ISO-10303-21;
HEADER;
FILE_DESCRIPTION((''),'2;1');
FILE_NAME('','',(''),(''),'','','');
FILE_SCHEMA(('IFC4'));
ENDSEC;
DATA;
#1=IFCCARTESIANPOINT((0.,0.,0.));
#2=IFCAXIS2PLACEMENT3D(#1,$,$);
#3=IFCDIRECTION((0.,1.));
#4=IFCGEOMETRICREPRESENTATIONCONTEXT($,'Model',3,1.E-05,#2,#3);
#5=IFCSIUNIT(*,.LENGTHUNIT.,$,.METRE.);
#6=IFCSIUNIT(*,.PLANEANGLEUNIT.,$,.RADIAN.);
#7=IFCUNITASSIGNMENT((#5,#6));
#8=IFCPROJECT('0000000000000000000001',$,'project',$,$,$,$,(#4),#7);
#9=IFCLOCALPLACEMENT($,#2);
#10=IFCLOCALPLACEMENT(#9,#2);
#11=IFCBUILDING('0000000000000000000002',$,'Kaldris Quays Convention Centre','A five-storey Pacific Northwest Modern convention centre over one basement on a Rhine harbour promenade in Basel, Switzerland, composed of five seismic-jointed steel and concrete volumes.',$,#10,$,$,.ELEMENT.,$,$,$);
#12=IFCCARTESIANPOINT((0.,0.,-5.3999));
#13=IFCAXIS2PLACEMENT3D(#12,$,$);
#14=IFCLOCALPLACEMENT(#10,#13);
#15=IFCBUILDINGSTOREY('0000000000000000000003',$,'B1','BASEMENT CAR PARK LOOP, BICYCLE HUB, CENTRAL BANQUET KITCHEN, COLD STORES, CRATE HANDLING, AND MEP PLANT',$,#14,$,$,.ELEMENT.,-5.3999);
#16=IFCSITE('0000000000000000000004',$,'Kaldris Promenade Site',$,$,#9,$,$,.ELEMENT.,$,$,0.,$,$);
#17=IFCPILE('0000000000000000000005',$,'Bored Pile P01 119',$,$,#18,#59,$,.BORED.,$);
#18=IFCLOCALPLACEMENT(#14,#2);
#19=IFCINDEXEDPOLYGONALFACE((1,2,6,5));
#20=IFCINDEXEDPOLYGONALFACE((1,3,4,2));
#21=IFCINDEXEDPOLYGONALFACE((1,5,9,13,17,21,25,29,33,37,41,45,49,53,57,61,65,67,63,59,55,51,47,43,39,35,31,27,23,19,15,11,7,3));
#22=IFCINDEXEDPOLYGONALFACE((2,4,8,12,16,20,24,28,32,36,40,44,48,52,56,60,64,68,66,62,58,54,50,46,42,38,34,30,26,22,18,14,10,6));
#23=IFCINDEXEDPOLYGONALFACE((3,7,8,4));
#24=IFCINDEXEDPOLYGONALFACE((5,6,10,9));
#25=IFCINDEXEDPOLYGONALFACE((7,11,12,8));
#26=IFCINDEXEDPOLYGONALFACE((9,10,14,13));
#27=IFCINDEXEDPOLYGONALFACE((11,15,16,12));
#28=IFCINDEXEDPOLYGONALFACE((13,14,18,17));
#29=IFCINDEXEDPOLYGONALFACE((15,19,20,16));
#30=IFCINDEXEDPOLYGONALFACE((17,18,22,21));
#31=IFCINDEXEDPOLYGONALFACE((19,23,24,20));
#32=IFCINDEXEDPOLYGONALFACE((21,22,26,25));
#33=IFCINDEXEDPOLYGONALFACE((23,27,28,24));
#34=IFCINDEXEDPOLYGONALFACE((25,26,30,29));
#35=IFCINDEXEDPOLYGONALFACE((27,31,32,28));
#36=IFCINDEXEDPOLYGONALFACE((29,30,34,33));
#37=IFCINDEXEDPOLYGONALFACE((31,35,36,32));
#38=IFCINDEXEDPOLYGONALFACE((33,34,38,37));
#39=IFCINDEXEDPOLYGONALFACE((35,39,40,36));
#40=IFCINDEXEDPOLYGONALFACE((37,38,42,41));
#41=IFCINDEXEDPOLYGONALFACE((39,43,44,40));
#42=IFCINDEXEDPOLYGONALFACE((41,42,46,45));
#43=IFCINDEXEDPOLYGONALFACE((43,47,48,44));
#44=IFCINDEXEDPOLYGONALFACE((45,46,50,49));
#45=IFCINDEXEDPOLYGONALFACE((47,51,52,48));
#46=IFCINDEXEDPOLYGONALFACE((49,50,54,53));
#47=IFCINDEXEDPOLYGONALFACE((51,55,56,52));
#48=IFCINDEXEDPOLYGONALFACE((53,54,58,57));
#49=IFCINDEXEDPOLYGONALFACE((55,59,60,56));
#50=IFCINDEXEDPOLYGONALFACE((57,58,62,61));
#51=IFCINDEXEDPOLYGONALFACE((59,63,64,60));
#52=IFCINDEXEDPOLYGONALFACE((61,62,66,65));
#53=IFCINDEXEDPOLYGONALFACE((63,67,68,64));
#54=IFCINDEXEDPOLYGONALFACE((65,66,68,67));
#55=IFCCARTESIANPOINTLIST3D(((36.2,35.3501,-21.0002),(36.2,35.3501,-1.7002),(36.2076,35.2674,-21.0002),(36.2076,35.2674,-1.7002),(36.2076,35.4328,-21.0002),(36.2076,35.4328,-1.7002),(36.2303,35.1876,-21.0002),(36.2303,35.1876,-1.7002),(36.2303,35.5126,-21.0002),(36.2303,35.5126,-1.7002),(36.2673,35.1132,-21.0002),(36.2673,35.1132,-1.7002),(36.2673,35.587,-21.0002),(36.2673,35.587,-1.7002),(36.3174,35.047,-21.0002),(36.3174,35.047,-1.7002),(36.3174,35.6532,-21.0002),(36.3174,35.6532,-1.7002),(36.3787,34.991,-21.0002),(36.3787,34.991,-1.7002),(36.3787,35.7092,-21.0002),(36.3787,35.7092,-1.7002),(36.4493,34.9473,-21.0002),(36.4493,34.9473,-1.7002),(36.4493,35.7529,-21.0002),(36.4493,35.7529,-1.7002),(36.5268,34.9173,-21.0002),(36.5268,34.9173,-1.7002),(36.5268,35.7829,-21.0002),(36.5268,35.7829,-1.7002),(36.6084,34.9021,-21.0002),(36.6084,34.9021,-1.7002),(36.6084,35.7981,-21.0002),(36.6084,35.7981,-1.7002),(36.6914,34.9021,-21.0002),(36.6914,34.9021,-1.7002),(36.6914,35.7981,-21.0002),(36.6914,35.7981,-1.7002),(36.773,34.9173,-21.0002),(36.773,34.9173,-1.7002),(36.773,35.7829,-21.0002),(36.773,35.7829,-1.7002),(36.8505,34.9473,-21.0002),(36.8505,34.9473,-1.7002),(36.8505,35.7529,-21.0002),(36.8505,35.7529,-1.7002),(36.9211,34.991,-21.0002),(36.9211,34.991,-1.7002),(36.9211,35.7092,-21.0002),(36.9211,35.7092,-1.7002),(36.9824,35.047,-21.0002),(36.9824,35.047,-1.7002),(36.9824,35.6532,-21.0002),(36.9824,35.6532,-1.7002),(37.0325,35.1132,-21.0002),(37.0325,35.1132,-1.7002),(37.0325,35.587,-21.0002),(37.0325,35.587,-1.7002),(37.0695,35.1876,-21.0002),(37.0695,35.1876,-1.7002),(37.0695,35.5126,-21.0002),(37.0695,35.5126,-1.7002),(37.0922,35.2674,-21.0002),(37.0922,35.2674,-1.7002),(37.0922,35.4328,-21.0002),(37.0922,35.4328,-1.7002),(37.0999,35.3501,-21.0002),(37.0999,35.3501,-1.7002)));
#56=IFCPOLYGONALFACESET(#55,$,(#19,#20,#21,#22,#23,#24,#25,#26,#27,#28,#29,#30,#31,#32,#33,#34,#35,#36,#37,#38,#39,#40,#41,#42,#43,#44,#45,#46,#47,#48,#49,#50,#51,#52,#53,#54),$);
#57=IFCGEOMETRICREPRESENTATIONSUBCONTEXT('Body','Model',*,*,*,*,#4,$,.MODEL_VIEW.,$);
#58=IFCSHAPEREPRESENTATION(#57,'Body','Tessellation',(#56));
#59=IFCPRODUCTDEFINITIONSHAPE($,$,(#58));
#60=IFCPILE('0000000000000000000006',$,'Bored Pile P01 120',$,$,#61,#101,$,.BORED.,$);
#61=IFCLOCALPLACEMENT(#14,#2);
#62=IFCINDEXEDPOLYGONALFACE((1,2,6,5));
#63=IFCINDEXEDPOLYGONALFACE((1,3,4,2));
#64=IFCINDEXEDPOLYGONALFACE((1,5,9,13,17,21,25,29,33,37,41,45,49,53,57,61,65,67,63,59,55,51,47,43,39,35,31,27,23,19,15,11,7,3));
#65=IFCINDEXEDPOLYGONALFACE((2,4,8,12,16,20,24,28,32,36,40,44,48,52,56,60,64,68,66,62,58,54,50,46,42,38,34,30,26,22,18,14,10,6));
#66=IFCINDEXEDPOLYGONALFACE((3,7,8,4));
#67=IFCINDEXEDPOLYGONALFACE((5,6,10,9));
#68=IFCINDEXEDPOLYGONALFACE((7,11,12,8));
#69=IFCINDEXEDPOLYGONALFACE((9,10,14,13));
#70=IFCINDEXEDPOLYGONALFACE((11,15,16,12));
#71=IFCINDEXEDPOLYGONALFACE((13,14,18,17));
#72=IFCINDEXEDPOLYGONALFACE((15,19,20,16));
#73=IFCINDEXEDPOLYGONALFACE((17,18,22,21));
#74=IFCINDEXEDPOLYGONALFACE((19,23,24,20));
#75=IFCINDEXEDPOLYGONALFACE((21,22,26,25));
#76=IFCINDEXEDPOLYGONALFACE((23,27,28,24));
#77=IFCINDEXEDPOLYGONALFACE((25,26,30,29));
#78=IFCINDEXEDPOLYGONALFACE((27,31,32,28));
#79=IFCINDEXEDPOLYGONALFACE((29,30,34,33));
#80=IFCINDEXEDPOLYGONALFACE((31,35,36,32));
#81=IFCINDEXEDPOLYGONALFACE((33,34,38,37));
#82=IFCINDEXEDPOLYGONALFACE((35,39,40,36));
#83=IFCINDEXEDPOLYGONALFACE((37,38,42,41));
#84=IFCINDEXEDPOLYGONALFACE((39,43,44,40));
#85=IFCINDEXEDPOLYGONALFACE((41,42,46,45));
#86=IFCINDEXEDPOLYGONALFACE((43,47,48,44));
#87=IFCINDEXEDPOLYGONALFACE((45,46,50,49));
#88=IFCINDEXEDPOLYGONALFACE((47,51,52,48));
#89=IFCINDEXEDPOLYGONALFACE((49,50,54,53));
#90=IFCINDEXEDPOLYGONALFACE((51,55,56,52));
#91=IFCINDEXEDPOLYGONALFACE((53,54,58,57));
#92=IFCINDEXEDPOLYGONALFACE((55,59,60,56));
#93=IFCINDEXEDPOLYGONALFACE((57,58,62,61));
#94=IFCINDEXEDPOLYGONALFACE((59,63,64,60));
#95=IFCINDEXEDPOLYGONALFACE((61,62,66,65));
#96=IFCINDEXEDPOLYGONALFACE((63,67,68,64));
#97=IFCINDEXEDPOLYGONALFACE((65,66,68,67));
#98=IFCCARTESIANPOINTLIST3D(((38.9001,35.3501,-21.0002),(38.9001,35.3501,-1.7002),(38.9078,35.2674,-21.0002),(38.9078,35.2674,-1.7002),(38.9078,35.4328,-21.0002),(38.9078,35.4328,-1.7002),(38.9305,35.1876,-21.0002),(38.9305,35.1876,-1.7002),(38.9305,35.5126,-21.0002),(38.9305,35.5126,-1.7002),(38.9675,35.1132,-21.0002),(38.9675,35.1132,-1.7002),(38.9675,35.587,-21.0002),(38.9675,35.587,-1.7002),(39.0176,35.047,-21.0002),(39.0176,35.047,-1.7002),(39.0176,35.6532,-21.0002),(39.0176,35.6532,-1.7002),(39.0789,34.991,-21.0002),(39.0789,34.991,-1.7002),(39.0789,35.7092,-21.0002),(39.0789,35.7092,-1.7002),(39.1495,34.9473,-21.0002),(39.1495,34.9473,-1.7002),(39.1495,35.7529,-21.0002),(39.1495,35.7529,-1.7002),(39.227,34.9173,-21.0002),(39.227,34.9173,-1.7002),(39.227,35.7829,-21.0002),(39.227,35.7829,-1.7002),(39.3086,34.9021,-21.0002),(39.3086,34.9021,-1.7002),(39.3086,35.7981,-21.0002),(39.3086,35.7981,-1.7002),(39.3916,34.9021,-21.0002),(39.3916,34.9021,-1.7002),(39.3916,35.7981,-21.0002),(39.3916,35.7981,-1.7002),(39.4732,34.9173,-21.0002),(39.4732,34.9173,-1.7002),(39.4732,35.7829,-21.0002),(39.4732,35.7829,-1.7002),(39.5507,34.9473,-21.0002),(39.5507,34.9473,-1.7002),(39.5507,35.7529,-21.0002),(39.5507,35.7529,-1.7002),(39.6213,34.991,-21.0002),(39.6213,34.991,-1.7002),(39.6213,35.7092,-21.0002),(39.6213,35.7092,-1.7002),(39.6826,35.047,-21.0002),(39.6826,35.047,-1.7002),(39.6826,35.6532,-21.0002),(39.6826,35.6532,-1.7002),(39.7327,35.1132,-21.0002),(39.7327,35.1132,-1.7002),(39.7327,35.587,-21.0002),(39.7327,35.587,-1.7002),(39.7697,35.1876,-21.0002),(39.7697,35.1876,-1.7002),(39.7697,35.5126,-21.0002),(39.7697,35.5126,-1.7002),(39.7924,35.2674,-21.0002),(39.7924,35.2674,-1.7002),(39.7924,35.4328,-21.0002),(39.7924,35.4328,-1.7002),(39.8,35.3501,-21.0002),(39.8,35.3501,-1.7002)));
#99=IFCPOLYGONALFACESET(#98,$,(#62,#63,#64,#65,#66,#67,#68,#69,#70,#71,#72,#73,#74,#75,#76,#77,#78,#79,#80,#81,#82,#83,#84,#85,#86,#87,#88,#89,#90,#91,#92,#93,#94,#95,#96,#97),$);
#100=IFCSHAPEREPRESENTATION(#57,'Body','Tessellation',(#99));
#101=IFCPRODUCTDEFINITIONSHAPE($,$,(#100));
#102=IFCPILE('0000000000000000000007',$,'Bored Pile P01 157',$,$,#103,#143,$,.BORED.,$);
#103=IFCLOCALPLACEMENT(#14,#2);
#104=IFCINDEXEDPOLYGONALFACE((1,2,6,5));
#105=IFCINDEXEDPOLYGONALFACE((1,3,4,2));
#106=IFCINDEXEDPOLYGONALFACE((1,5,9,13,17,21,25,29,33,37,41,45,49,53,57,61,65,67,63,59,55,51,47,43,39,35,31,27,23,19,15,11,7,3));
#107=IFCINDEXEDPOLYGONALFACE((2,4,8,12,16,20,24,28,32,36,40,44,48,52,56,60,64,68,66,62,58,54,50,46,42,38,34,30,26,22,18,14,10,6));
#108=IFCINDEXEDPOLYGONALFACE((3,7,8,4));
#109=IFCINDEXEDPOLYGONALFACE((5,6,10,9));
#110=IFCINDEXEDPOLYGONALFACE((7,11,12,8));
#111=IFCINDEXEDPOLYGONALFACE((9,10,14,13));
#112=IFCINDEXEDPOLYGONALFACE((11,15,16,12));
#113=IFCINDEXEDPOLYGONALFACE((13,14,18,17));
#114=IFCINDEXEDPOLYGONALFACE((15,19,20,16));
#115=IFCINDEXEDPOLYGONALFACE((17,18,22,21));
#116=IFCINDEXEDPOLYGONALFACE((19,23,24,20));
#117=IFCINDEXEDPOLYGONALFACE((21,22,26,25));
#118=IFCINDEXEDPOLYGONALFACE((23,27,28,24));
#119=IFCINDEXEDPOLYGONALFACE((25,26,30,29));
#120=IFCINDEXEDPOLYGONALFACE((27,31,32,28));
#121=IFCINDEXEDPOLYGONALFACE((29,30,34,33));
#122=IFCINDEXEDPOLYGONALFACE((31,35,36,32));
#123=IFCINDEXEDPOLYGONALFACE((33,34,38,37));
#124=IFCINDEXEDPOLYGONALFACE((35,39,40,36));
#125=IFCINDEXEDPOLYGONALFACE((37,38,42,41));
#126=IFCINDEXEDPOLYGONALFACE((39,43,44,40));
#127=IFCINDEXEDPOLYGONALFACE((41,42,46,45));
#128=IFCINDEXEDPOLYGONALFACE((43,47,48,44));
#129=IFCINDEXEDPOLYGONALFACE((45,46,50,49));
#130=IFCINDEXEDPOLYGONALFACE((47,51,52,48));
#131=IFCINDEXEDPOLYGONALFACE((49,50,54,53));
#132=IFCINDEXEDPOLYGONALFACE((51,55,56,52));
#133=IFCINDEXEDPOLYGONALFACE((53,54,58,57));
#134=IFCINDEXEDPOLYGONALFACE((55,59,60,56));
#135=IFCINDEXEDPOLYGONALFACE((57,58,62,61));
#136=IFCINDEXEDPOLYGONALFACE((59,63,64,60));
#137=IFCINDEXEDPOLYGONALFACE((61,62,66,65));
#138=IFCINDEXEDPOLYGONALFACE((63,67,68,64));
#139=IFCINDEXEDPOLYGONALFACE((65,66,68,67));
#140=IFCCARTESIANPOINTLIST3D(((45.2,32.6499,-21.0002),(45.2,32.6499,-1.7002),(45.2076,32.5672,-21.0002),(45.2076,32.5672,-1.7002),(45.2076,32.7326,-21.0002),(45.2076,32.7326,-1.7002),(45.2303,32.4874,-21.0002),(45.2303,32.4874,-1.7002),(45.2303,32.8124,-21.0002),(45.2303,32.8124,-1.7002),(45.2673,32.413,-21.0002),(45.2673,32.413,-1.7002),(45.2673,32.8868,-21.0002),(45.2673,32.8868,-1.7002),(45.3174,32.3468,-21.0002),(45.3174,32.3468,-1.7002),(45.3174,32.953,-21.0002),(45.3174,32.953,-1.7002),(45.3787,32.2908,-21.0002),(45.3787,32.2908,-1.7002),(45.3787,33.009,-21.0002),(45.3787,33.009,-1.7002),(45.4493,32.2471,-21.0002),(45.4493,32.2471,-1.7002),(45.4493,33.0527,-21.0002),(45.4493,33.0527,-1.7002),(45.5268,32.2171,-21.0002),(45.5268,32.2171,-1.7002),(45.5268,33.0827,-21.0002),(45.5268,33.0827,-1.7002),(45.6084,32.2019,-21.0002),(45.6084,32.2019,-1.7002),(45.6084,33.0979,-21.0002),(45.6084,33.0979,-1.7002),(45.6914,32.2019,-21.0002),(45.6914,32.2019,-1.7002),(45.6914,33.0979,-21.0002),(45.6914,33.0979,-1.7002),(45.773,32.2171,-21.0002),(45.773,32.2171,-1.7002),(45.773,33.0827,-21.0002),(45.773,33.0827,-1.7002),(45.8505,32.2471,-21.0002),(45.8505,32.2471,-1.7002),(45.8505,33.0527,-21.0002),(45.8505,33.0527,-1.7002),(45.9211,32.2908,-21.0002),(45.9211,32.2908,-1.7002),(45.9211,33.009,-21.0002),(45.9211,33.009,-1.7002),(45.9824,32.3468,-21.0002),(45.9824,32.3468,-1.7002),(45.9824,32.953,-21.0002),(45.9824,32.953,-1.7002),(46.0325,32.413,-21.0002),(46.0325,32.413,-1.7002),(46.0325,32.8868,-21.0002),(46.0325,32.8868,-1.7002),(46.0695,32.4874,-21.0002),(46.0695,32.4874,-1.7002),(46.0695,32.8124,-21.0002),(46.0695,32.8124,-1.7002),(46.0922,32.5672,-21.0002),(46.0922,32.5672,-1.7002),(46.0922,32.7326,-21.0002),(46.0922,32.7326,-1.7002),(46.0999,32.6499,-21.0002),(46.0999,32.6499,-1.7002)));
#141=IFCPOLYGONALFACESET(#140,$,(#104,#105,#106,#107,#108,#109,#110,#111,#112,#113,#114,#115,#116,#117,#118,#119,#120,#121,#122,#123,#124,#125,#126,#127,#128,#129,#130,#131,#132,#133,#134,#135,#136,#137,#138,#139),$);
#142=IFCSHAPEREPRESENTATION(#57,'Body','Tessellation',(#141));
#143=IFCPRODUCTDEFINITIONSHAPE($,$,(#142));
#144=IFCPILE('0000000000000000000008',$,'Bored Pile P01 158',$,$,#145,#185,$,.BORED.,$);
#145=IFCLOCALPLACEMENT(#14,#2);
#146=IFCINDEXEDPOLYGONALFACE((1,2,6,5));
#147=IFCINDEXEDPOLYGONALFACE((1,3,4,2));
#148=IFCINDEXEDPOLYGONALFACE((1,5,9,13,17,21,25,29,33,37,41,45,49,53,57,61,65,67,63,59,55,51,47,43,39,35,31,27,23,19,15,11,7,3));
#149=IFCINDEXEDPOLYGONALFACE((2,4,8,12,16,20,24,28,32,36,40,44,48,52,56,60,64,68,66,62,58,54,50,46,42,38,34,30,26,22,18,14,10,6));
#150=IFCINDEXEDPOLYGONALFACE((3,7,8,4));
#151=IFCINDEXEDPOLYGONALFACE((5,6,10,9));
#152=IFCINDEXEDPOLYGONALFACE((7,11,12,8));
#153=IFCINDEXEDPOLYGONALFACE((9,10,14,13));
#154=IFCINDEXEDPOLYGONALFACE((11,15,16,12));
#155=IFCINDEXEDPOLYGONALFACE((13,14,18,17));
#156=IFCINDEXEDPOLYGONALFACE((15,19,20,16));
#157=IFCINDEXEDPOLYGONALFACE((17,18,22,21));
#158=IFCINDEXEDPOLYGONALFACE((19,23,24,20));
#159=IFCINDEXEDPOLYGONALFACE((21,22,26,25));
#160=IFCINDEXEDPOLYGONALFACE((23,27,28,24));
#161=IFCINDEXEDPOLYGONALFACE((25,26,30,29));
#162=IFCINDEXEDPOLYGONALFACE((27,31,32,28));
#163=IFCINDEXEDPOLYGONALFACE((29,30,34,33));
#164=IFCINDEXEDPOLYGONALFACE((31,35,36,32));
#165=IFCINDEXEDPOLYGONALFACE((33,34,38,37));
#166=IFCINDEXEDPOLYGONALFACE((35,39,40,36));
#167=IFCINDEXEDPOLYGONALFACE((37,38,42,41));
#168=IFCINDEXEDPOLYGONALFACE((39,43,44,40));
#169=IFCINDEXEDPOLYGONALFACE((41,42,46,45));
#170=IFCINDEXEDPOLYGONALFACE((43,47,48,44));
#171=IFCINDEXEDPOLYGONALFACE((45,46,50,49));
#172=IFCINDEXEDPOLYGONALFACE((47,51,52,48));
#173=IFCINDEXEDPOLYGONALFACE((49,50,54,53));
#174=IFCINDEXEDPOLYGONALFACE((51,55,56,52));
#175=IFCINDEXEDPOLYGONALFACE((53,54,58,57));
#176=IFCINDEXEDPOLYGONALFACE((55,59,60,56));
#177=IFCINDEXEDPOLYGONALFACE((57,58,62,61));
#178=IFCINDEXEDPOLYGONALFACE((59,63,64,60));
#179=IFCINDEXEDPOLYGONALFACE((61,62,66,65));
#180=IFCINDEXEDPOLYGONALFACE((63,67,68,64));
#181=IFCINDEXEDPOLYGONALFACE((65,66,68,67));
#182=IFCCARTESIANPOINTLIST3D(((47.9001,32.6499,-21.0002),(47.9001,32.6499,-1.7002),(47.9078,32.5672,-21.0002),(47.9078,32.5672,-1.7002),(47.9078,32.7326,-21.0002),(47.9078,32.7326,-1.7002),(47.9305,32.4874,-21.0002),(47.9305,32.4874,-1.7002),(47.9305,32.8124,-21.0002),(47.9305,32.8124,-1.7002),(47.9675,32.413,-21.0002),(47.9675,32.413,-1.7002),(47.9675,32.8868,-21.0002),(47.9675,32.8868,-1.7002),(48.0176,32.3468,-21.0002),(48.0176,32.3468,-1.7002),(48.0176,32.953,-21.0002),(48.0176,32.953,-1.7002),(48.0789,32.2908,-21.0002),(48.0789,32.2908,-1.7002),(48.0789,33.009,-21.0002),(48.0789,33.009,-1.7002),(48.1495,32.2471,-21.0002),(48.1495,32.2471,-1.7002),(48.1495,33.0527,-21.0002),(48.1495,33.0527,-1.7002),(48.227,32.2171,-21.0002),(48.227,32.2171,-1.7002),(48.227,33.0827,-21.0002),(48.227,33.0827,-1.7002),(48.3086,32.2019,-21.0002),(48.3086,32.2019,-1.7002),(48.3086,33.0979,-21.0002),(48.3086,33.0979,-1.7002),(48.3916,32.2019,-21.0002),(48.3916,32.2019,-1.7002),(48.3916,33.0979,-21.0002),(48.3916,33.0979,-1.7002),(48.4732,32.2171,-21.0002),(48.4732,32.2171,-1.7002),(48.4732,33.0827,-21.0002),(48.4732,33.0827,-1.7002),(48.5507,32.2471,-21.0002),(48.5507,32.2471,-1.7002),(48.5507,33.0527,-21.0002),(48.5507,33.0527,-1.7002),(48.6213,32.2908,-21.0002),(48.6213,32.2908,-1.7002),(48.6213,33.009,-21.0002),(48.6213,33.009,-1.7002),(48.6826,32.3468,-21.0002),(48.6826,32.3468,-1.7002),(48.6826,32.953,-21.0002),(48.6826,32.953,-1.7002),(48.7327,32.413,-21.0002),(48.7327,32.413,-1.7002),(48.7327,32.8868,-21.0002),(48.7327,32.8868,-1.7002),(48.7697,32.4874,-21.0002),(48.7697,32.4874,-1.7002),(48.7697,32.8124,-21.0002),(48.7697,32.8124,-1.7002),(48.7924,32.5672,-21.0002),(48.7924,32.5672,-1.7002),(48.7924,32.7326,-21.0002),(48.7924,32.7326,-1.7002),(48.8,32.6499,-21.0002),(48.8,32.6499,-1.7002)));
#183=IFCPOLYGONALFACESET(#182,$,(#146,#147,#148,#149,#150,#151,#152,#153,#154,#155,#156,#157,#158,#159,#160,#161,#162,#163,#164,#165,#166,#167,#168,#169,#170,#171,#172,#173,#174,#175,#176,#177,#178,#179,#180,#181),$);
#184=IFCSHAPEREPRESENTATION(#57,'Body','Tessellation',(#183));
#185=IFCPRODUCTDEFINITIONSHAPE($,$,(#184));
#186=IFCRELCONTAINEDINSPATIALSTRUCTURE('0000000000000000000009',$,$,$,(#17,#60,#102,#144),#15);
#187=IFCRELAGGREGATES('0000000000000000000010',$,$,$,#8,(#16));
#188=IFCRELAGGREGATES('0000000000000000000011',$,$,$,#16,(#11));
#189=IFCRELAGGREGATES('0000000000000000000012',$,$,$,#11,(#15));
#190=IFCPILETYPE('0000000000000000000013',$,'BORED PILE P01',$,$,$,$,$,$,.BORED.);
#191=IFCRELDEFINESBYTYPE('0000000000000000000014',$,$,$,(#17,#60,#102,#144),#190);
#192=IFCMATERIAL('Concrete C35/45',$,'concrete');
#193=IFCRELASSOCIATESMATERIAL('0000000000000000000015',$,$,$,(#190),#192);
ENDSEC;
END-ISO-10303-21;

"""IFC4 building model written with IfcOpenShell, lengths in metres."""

from ifc_helpers import new_model, si_unit, direction, frame, origin, origin_2d, place, context, subcontext, project, spatial, circle, extrude, material, material_profile, profile_set, type_object, element, save


model = new_model("IFC4")

# Units and contexts
model_context = context("Model", 3, precision=1e-05, world=origin(), true_north=direction((0.0, 1.0)))
body_context = subcontext(model_context, "Body", "Model", "MODEL_VIEW")
ifc_project = project(units=[si_unit("LENGTHUNIT", "METRE"), si_unit("PLANEANGLEUNIT", "RADIAN")], contexts=[model_context])

# Site, building, storey
site_placement = place(None, origin())
site = spatial("IfcSite", under=ifc_project, at=site_placement, Name="Kaldris Promenade Site", CompositionType="ELEMENT", RefElevation=0.0)
building_placement = place(site_placement, origin())
building = spatial("IfcBuilding", under=site, at=building_placement, Name="Kaldris Quays Convention Centre", Description="A five-storey Pacific Northwest Modern convention centre over one basement on a Rhine harbour promenade in Basel, Switzerland, composed of five seismic-jointed steel and concrete volumes.", CompositionType="ELEMENT")
storey_placement = place(building_placement, frame((0.0, 0.0, -5.3999)))
storey = spatial("IfcBuildingStorey", under=building, at=storey_placement, Name="B1", Description="BASEMENT CAR PARK LOOP, BICYCLE HUB, CENTRAL BANQUET KITCHEN, COLD STORES, CRATE HANDLING, AND MEP PLANT", CompositionType="ELEMENT", Elevation=-5.3999)

# Piles
ifc_material_1 = material(Name="Concrete C35/45", Category="concrete")
ifc_material_profile_1 = material_profile(ifc_material_1, circle(Radius=0.45, at=origin_2d()), Name="BORED PILE D900")
ifc_profile_set_1 = profile_set([ifc_material_profile_1], Name="Concrete C35/45")
pile_type_1 = type_object("IfcPileType", Name="BORED PILE P01", PredefinedType="BORED", material=ifc_profile_set_1)
for number, where, z_axis, x_axis, name in (
    (1, (36.6499, 35.3501, -1.7002), (0.0, 0.0, -1.0), (1.0, 0.0, 0.0), "Bored Pile P01 119"),
    (2, (39.3501, 35.3501, -1.7002), (0.0, 0.0, -1.0), (1.0, 0.0, 0.0), "Bored Pile P01 120"),
    (3, (45.6499, 32.6499, -1.7002), (0.0, 0.0, -1.0), (1.0, 0.0, 0.0), "Bored Pile P01 157"),
    (4, (48.3501, 32.6499, -1.7002), (0.0, 0.0, -1.0), (1.0, 0.0, 0.0), "Bored Pile P01 158"),
):
    element("IfcPile", number, at=place(storey_placement, frame(where, z_axis=z_axis, x_axis=x_axis)), inside=storey, type_object=pile_type_1, Name=name, PredefinedType="BORED", context=body_context, shape_type="SweptSolid", body=[
        extrude(circle(Radius=0.45, at=origin_2d()), origin(), (0.0, 0.0, 1.0), 19.3),
    ])

save(model, "model.ifc")
